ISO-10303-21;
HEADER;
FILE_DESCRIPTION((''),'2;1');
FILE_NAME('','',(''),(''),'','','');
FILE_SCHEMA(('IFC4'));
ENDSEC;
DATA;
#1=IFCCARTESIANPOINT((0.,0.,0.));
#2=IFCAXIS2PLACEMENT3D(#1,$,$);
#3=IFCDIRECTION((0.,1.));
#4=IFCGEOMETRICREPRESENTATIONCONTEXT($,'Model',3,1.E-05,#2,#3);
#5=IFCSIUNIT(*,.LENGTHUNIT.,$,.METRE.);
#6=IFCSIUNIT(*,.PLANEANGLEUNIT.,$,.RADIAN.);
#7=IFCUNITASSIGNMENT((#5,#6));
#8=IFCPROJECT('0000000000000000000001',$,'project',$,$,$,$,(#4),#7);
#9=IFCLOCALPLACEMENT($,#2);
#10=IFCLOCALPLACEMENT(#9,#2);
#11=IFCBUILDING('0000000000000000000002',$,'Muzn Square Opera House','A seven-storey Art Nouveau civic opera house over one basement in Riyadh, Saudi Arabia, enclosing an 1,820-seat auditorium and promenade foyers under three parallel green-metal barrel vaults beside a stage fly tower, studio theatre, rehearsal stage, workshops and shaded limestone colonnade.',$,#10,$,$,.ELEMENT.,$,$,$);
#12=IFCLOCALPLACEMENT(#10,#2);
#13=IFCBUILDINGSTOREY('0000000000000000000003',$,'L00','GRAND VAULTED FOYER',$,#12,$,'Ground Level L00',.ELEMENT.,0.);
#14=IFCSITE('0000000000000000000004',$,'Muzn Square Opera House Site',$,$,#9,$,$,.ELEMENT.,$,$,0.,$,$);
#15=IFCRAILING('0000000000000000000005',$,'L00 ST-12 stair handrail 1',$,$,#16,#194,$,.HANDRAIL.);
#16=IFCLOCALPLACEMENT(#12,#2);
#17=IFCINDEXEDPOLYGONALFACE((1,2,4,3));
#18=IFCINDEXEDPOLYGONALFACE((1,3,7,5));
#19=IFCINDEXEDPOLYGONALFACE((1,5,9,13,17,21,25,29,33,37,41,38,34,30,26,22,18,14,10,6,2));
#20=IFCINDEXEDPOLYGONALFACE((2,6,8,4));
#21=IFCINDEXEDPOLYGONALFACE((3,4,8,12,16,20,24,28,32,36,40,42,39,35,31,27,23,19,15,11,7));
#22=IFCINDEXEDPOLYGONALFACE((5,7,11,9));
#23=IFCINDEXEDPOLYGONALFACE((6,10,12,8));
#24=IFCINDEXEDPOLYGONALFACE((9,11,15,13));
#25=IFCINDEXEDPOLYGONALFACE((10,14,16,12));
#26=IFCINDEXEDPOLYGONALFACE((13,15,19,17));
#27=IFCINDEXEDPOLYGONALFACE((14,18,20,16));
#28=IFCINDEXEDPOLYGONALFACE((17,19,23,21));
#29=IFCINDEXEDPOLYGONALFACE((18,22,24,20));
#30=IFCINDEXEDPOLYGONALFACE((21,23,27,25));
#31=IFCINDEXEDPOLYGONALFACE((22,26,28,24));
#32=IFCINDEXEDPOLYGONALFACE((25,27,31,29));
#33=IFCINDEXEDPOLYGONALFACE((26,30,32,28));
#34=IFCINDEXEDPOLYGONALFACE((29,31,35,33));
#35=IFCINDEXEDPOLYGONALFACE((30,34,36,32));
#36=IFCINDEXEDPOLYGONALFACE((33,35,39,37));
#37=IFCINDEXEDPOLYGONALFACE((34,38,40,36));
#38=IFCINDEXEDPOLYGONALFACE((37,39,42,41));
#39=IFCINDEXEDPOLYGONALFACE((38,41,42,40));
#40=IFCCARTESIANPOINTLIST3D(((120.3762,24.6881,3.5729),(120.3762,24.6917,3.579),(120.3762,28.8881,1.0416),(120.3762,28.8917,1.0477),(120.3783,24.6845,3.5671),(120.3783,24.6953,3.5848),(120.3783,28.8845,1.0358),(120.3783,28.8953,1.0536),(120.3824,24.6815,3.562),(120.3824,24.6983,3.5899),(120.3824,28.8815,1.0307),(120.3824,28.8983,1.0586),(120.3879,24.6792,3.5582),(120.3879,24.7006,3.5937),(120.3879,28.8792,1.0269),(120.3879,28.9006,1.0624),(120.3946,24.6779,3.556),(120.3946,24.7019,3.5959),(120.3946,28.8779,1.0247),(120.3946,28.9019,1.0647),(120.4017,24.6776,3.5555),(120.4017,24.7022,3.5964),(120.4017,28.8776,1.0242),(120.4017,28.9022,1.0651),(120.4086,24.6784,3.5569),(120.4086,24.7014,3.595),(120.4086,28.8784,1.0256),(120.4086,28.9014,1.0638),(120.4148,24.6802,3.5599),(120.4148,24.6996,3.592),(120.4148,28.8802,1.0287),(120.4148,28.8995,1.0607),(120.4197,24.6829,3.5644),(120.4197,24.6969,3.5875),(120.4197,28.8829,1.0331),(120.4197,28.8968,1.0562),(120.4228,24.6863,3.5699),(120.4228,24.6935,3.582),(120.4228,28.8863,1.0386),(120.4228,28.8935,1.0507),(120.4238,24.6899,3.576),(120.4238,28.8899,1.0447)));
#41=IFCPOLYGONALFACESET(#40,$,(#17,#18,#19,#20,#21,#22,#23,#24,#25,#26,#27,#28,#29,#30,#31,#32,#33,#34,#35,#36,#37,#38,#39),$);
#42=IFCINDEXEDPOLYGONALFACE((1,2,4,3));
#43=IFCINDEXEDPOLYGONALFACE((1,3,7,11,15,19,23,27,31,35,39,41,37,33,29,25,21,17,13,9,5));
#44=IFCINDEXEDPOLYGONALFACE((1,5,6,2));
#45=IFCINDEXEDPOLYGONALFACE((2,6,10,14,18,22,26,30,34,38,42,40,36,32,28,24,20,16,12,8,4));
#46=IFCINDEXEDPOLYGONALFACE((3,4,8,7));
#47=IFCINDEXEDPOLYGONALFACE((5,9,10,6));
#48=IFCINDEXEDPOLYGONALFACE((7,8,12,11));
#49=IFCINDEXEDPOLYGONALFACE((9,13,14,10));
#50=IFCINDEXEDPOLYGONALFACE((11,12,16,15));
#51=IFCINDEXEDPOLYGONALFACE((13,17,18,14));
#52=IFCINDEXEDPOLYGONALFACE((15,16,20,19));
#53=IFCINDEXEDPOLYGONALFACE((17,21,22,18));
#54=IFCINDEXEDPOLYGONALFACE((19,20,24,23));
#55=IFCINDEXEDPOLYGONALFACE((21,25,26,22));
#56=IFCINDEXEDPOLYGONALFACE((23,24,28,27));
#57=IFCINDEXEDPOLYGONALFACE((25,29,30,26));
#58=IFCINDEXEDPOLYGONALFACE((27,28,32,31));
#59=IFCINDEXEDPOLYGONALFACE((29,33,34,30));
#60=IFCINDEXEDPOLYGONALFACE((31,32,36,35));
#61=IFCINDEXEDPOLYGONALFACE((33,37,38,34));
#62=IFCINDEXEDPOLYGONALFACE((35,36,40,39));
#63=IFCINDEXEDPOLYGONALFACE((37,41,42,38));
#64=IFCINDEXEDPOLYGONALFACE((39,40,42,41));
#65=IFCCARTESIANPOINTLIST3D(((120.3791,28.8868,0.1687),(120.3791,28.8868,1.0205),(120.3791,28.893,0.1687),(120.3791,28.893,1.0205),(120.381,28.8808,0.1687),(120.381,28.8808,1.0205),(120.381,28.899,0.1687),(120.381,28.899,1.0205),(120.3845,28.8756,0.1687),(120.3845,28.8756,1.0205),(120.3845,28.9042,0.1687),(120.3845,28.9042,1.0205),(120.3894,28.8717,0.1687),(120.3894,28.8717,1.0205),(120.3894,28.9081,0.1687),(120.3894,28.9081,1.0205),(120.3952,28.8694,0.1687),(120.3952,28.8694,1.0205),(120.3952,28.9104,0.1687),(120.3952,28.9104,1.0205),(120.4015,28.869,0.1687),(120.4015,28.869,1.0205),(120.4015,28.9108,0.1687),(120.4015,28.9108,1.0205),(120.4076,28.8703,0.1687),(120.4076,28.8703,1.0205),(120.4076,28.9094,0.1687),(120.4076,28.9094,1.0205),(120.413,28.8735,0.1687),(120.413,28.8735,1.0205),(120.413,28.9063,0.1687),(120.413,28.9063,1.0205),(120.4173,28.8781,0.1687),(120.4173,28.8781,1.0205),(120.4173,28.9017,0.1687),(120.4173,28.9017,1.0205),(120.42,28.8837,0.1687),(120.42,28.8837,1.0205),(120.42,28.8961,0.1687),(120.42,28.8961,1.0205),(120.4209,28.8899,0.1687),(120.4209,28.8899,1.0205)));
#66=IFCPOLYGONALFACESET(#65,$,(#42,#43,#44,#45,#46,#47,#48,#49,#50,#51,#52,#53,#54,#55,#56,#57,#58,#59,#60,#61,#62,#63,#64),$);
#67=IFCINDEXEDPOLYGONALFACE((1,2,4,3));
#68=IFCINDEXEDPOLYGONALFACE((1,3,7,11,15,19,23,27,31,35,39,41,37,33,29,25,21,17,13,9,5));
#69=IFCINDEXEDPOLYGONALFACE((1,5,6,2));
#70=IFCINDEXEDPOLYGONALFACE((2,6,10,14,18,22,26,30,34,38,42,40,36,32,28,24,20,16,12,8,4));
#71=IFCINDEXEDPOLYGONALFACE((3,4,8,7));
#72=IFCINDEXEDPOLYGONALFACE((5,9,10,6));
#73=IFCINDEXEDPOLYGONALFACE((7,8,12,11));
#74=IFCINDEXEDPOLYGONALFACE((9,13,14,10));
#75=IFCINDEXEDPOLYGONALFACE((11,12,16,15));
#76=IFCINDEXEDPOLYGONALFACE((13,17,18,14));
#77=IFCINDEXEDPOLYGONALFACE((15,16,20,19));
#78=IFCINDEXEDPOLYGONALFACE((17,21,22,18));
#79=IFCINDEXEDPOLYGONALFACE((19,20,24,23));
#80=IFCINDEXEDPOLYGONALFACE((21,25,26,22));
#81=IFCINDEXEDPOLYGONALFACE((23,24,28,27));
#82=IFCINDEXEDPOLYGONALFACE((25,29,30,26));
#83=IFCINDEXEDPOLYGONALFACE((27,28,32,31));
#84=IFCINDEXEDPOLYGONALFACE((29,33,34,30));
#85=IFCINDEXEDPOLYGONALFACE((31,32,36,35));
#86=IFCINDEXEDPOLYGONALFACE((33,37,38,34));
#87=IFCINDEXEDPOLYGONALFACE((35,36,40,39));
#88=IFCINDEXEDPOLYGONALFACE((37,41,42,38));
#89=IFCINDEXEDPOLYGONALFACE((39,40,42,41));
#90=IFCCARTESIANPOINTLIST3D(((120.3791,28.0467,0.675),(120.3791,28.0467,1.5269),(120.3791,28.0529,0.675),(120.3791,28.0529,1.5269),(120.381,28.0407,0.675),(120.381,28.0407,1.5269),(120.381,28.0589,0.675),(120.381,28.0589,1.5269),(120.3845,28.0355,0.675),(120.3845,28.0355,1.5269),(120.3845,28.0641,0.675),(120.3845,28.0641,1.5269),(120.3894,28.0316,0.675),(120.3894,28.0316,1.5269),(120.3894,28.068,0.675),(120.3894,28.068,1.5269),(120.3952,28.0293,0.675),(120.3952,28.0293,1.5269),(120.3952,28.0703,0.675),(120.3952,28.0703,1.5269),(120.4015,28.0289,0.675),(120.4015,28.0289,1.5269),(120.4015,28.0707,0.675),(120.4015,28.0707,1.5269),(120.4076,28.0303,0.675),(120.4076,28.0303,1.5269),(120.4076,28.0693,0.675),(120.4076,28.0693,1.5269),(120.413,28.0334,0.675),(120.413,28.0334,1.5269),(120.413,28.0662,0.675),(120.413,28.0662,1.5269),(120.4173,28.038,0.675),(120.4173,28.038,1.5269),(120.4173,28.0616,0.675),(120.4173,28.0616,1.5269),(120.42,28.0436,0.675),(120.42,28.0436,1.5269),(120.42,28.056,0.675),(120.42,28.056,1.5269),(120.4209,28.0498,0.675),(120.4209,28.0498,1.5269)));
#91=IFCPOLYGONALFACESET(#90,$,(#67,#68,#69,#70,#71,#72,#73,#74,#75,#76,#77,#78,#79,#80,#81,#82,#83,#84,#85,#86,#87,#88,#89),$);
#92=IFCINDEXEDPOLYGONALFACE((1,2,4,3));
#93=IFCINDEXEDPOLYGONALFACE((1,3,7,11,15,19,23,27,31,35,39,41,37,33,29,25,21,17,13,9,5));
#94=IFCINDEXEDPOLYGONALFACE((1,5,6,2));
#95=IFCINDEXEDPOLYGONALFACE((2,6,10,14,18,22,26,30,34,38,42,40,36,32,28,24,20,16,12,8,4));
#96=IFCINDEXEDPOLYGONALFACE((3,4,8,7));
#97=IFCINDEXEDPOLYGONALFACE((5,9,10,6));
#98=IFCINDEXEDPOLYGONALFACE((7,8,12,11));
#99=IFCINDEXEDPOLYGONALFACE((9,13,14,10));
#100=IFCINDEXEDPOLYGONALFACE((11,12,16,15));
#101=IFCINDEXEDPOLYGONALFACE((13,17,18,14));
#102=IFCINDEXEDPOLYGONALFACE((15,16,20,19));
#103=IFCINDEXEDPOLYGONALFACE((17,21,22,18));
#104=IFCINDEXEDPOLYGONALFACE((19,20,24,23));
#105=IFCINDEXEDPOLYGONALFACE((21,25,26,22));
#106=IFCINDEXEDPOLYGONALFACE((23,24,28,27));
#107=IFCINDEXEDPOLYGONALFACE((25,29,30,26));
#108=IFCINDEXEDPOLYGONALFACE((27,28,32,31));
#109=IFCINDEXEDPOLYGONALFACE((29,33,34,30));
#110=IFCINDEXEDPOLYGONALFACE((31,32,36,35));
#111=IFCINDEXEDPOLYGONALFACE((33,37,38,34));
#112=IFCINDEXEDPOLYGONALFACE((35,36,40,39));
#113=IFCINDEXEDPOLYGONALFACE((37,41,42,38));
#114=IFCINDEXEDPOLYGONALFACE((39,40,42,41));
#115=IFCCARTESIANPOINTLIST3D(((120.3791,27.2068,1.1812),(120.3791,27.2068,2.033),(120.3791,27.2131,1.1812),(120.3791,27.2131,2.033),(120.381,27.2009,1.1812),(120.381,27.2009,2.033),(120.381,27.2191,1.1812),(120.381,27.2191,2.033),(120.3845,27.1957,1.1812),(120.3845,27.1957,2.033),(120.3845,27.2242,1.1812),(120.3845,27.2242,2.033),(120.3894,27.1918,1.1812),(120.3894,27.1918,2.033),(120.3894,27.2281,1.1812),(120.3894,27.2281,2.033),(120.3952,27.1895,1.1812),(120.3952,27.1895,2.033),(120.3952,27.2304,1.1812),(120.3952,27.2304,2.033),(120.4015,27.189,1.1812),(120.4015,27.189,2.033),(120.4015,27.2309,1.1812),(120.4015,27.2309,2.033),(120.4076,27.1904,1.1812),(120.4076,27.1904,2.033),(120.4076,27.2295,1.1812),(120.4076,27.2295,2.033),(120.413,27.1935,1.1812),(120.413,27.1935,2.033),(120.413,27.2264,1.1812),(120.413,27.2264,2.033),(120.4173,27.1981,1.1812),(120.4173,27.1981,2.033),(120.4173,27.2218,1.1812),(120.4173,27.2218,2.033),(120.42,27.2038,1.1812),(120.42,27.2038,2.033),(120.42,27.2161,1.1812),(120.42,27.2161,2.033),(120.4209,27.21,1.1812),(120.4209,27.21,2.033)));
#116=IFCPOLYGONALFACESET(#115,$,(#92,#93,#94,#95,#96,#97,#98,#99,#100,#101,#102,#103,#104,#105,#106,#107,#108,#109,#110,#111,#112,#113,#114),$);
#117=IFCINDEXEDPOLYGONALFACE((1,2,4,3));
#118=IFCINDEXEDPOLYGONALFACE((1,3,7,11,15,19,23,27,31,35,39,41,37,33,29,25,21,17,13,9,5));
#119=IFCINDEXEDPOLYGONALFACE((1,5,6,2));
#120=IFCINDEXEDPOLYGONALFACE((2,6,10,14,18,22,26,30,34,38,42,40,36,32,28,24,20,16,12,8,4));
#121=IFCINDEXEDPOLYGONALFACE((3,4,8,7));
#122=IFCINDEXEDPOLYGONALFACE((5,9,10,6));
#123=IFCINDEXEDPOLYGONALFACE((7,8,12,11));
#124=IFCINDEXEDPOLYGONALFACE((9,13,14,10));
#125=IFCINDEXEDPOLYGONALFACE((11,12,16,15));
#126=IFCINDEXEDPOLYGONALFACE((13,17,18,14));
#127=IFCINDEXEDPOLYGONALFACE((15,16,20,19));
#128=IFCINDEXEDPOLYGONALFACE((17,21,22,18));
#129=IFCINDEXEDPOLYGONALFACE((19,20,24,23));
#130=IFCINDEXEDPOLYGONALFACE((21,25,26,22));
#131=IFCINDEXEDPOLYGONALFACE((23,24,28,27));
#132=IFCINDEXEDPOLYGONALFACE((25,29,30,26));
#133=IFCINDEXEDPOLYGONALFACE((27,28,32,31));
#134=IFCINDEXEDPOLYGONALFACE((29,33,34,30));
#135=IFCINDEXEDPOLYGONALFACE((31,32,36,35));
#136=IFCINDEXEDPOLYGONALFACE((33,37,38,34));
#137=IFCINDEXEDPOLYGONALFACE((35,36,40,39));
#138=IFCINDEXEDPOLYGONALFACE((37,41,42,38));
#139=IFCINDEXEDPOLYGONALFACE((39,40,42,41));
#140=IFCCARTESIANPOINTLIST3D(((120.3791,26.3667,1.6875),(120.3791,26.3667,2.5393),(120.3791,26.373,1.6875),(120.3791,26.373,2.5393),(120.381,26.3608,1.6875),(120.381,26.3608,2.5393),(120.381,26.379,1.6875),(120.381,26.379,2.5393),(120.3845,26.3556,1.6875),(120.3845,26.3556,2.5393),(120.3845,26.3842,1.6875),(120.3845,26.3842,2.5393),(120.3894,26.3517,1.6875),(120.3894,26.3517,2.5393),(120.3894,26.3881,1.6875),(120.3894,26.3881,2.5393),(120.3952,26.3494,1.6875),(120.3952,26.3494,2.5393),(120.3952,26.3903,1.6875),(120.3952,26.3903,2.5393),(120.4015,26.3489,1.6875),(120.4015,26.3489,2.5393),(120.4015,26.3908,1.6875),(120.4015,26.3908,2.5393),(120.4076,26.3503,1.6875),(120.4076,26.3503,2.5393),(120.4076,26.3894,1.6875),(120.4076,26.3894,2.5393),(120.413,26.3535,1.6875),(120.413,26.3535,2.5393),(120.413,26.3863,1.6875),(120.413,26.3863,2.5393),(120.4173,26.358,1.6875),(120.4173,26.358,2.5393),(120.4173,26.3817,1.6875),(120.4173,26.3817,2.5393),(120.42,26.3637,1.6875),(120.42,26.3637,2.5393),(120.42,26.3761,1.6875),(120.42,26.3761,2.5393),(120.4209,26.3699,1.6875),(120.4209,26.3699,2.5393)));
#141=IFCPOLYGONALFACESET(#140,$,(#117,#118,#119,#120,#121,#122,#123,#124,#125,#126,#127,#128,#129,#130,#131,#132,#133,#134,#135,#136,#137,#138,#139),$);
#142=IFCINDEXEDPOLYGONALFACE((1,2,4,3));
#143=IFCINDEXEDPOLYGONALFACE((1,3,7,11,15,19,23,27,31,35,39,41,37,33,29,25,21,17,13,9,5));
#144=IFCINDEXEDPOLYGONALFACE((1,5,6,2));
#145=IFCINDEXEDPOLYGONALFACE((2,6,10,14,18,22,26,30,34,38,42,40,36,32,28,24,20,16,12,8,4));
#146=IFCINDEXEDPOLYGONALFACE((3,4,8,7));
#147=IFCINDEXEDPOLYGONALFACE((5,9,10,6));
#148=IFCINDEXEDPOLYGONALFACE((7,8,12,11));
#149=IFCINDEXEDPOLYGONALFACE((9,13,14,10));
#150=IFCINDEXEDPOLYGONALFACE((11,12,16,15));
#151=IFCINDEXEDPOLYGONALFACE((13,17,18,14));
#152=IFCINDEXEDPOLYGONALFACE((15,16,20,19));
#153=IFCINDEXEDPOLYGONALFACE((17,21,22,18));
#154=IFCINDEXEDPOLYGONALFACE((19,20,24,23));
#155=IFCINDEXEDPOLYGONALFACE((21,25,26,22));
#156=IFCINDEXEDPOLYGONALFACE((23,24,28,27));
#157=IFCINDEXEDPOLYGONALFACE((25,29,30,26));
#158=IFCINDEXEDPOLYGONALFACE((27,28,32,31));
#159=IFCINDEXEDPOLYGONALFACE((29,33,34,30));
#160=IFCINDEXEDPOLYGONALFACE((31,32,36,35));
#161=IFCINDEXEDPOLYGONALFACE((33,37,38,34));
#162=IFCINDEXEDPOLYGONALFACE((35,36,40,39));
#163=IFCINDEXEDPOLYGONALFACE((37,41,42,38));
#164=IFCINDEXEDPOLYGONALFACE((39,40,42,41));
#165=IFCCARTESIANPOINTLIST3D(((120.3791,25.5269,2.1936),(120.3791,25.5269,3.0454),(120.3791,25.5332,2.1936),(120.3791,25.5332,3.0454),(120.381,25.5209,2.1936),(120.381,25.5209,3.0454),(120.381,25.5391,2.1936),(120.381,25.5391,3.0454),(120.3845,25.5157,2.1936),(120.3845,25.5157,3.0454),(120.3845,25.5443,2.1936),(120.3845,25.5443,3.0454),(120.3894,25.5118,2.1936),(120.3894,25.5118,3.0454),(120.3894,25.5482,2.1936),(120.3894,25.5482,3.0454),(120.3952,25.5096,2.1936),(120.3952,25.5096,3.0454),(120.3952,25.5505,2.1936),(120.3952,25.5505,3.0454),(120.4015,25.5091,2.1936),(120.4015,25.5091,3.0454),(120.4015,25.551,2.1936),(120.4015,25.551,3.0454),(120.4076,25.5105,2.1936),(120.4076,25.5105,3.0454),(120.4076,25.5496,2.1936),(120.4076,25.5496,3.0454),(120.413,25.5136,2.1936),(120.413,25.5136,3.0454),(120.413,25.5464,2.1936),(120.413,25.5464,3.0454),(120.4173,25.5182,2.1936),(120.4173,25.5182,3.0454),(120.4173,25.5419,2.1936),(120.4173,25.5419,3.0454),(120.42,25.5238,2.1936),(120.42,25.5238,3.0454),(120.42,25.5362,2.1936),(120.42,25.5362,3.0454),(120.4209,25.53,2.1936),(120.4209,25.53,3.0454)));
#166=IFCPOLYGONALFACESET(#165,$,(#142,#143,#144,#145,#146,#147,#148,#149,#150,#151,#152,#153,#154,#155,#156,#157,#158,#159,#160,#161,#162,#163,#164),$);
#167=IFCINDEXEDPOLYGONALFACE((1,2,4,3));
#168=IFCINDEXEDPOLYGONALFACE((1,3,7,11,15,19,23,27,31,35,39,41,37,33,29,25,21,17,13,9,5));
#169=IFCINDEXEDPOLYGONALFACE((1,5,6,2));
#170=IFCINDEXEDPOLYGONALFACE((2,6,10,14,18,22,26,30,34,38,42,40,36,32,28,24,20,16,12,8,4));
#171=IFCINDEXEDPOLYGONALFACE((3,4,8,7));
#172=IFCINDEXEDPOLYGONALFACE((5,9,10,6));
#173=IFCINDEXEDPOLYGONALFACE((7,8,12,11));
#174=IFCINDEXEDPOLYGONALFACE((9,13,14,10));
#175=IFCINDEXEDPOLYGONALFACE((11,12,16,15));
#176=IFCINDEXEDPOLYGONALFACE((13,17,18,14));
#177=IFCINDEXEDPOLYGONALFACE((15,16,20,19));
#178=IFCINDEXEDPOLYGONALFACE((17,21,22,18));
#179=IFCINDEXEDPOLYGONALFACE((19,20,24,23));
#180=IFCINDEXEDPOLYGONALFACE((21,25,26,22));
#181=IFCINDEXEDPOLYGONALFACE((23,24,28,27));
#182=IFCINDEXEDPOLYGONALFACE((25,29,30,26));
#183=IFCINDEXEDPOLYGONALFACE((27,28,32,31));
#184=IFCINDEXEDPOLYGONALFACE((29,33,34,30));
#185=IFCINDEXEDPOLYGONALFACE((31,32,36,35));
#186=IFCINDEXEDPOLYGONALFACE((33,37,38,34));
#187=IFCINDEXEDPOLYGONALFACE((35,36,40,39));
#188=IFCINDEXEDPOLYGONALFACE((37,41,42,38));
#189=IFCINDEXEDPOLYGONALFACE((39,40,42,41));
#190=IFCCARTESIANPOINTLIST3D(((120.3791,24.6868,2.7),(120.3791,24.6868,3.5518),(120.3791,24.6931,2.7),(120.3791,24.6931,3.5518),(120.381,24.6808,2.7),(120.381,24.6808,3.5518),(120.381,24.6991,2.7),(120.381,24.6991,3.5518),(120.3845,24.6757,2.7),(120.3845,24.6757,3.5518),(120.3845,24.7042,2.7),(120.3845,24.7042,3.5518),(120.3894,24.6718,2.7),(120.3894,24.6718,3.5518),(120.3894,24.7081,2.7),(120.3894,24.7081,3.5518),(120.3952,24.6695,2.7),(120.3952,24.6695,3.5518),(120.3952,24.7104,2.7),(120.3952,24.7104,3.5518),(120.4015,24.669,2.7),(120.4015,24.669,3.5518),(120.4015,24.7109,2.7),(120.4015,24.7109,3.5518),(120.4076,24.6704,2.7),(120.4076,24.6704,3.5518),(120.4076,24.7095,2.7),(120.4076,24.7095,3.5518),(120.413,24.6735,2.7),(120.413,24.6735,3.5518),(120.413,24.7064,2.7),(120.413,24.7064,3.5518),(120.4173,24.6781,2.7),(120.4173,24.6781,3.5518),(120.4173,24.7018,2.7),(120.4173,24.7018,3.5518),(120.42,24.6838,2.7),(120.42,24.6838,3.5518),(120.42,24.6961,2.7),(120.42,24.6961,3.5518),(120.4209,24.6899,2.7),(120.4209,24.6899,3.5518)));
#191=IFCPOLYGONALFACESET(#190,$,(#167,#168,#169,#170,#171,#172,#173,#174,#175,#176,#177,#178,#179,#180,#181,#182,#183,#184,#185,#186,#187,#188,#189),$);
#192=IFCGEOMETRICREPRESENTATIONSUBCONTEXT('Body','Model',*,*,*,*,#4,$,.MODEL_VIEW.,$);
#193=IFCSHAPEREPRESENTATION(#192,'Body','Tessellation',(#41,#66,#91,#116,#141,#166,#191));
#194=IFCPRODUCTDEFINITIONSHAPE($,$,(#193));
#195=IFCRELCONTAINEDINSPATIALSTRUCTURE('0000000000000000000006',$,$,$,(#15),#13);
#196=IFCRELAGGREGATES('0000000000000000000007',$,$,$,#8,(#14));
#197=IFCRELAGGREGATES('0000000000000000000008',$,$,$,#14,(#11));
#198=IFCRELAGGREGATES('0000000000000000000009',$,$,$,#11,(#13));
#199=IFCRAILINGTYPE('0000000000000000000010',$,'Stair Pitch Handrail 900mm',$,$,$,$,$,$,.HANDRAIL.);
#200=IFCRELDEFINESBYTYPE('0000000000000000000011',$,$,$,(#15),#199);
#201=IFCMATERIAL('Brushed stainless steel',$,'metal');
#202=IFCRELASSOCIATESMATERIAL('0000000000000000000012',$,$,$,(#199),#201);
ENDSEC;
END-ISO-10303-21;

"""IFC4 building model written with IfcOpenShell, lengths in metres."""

from ifc_helpers import new_model, si_unit, direction, frame, origin, origin_2d, place, context, subcontext, project, spatial, circle, extrude, material, type_object, element, save


model = new_model("IFC4")

# Units and contexts
model_context = context("Model", 3, precision=1e-05, world=origin(), true_north=direction((0.0, 1.0)))
body_context = subcontext(model_context, "Body", "Model", "MODEL_VIEW")
ifc_project = project(units=[si_unit("LENGTHUNIT", "METRE"), si_unit("PLANEANGLEUNIT", "RADIAN")], contexts=[model_context])

# Site, building, storey
site_placement = place(None, origin())
site = spatial("IfcSite", under=ifc_project, at=site_placement, Name="Muzn Square Opera House Site", CompositionType="ELEMENT", RefElevation=0.0)
building_placement = place(site_placement, origin())
building = spatial("IfcBuilding", under=site, at=building_placement, Name="Muzn Square Opera House", Description="A seven-storey Art Nouveau civic opera house over one basement in Riyadh, Saudi Arabia, enclosing an 1,820-seat auditorium and promenade foyers under three parallel green-metal barrel vaults beside a stage fly tower, studio theatre, rehearsal stage, workshops and shaded limestone colonnade.", CompositionType="ELEMENT")
storey_placement = place(building_placement, origin())
storey = spatial("IfcBuildingStorey", under=building, at=storey_placement, Name="L00", Description="GRAND VAULTED FOYER", LongName="Ground Level L00", CompositionType="ELEMENT", Elevation=0.0)

# Shared definitions
ifc_material_1 = material(Name="Brushed stainless steel", Category="metal")

# Railing
railing_type_1 = type_object("IfcRailingType", Name="Stair Pitch Handrail 900mm", PredefinedType="HANDRAIL", material=ifc_material_1)
railing_1_placement = place(storey_placement, frame((120.3999, 28.8899, 0.1687)))
element("IfcRailing", 1, at=railing_1_placement, inside=storey, type_object=railing_type_1, Name="L00 ST-12 stair handrail 1", PredefinedType="HANDRAIL", context=body_context, shape_type="SweptSolid", body=[
    extrude(circle(Radius=0.0239, at=origin_2d()), frame((0.0, 0.0, 0.876), z_axis=(0.0, -0.856476, 0.516186), x_axis=(1.0, 0.0, 0.0)), (0.0, 0.0, 1.0), 4.9038),
    extrude(circle(Radius=0.021, at=origin_2d()), origin(), (0.0, 0.0, 1.0), 0.8518),
    extrude(circle(Radius=0.021, at=origin_2d()), frame((0.0, -0.8401, 0.5063)), (0.0, 0.0, 1.0), 0.8518),
    extrude(circle(Radius=0.021, at=origin_2d()), frame((0.0, -1.6799, 1.0125)), (0.0, 0.0, 1.0), 0.8518),
    extrude(circle(Radius=0.021, at=origin_2d()), frame((0.0, -2.52, 1.5188)), (0.0, 0.0, 1.0), 0.8518),
    extrude(circle(Radius=0.021, at=origin_2d()), frame((0.0, -3.3599, 2.0249)), (0.0, 0.0, 1.0), 0.8518),
    extrude(circle(Radius=0.021, at=origin_2d()), frame((0.0, -4.2, 2.5312)), (0.0, 0.0, 1.0), 0.8518),
])

save(model, "model.ifc")
